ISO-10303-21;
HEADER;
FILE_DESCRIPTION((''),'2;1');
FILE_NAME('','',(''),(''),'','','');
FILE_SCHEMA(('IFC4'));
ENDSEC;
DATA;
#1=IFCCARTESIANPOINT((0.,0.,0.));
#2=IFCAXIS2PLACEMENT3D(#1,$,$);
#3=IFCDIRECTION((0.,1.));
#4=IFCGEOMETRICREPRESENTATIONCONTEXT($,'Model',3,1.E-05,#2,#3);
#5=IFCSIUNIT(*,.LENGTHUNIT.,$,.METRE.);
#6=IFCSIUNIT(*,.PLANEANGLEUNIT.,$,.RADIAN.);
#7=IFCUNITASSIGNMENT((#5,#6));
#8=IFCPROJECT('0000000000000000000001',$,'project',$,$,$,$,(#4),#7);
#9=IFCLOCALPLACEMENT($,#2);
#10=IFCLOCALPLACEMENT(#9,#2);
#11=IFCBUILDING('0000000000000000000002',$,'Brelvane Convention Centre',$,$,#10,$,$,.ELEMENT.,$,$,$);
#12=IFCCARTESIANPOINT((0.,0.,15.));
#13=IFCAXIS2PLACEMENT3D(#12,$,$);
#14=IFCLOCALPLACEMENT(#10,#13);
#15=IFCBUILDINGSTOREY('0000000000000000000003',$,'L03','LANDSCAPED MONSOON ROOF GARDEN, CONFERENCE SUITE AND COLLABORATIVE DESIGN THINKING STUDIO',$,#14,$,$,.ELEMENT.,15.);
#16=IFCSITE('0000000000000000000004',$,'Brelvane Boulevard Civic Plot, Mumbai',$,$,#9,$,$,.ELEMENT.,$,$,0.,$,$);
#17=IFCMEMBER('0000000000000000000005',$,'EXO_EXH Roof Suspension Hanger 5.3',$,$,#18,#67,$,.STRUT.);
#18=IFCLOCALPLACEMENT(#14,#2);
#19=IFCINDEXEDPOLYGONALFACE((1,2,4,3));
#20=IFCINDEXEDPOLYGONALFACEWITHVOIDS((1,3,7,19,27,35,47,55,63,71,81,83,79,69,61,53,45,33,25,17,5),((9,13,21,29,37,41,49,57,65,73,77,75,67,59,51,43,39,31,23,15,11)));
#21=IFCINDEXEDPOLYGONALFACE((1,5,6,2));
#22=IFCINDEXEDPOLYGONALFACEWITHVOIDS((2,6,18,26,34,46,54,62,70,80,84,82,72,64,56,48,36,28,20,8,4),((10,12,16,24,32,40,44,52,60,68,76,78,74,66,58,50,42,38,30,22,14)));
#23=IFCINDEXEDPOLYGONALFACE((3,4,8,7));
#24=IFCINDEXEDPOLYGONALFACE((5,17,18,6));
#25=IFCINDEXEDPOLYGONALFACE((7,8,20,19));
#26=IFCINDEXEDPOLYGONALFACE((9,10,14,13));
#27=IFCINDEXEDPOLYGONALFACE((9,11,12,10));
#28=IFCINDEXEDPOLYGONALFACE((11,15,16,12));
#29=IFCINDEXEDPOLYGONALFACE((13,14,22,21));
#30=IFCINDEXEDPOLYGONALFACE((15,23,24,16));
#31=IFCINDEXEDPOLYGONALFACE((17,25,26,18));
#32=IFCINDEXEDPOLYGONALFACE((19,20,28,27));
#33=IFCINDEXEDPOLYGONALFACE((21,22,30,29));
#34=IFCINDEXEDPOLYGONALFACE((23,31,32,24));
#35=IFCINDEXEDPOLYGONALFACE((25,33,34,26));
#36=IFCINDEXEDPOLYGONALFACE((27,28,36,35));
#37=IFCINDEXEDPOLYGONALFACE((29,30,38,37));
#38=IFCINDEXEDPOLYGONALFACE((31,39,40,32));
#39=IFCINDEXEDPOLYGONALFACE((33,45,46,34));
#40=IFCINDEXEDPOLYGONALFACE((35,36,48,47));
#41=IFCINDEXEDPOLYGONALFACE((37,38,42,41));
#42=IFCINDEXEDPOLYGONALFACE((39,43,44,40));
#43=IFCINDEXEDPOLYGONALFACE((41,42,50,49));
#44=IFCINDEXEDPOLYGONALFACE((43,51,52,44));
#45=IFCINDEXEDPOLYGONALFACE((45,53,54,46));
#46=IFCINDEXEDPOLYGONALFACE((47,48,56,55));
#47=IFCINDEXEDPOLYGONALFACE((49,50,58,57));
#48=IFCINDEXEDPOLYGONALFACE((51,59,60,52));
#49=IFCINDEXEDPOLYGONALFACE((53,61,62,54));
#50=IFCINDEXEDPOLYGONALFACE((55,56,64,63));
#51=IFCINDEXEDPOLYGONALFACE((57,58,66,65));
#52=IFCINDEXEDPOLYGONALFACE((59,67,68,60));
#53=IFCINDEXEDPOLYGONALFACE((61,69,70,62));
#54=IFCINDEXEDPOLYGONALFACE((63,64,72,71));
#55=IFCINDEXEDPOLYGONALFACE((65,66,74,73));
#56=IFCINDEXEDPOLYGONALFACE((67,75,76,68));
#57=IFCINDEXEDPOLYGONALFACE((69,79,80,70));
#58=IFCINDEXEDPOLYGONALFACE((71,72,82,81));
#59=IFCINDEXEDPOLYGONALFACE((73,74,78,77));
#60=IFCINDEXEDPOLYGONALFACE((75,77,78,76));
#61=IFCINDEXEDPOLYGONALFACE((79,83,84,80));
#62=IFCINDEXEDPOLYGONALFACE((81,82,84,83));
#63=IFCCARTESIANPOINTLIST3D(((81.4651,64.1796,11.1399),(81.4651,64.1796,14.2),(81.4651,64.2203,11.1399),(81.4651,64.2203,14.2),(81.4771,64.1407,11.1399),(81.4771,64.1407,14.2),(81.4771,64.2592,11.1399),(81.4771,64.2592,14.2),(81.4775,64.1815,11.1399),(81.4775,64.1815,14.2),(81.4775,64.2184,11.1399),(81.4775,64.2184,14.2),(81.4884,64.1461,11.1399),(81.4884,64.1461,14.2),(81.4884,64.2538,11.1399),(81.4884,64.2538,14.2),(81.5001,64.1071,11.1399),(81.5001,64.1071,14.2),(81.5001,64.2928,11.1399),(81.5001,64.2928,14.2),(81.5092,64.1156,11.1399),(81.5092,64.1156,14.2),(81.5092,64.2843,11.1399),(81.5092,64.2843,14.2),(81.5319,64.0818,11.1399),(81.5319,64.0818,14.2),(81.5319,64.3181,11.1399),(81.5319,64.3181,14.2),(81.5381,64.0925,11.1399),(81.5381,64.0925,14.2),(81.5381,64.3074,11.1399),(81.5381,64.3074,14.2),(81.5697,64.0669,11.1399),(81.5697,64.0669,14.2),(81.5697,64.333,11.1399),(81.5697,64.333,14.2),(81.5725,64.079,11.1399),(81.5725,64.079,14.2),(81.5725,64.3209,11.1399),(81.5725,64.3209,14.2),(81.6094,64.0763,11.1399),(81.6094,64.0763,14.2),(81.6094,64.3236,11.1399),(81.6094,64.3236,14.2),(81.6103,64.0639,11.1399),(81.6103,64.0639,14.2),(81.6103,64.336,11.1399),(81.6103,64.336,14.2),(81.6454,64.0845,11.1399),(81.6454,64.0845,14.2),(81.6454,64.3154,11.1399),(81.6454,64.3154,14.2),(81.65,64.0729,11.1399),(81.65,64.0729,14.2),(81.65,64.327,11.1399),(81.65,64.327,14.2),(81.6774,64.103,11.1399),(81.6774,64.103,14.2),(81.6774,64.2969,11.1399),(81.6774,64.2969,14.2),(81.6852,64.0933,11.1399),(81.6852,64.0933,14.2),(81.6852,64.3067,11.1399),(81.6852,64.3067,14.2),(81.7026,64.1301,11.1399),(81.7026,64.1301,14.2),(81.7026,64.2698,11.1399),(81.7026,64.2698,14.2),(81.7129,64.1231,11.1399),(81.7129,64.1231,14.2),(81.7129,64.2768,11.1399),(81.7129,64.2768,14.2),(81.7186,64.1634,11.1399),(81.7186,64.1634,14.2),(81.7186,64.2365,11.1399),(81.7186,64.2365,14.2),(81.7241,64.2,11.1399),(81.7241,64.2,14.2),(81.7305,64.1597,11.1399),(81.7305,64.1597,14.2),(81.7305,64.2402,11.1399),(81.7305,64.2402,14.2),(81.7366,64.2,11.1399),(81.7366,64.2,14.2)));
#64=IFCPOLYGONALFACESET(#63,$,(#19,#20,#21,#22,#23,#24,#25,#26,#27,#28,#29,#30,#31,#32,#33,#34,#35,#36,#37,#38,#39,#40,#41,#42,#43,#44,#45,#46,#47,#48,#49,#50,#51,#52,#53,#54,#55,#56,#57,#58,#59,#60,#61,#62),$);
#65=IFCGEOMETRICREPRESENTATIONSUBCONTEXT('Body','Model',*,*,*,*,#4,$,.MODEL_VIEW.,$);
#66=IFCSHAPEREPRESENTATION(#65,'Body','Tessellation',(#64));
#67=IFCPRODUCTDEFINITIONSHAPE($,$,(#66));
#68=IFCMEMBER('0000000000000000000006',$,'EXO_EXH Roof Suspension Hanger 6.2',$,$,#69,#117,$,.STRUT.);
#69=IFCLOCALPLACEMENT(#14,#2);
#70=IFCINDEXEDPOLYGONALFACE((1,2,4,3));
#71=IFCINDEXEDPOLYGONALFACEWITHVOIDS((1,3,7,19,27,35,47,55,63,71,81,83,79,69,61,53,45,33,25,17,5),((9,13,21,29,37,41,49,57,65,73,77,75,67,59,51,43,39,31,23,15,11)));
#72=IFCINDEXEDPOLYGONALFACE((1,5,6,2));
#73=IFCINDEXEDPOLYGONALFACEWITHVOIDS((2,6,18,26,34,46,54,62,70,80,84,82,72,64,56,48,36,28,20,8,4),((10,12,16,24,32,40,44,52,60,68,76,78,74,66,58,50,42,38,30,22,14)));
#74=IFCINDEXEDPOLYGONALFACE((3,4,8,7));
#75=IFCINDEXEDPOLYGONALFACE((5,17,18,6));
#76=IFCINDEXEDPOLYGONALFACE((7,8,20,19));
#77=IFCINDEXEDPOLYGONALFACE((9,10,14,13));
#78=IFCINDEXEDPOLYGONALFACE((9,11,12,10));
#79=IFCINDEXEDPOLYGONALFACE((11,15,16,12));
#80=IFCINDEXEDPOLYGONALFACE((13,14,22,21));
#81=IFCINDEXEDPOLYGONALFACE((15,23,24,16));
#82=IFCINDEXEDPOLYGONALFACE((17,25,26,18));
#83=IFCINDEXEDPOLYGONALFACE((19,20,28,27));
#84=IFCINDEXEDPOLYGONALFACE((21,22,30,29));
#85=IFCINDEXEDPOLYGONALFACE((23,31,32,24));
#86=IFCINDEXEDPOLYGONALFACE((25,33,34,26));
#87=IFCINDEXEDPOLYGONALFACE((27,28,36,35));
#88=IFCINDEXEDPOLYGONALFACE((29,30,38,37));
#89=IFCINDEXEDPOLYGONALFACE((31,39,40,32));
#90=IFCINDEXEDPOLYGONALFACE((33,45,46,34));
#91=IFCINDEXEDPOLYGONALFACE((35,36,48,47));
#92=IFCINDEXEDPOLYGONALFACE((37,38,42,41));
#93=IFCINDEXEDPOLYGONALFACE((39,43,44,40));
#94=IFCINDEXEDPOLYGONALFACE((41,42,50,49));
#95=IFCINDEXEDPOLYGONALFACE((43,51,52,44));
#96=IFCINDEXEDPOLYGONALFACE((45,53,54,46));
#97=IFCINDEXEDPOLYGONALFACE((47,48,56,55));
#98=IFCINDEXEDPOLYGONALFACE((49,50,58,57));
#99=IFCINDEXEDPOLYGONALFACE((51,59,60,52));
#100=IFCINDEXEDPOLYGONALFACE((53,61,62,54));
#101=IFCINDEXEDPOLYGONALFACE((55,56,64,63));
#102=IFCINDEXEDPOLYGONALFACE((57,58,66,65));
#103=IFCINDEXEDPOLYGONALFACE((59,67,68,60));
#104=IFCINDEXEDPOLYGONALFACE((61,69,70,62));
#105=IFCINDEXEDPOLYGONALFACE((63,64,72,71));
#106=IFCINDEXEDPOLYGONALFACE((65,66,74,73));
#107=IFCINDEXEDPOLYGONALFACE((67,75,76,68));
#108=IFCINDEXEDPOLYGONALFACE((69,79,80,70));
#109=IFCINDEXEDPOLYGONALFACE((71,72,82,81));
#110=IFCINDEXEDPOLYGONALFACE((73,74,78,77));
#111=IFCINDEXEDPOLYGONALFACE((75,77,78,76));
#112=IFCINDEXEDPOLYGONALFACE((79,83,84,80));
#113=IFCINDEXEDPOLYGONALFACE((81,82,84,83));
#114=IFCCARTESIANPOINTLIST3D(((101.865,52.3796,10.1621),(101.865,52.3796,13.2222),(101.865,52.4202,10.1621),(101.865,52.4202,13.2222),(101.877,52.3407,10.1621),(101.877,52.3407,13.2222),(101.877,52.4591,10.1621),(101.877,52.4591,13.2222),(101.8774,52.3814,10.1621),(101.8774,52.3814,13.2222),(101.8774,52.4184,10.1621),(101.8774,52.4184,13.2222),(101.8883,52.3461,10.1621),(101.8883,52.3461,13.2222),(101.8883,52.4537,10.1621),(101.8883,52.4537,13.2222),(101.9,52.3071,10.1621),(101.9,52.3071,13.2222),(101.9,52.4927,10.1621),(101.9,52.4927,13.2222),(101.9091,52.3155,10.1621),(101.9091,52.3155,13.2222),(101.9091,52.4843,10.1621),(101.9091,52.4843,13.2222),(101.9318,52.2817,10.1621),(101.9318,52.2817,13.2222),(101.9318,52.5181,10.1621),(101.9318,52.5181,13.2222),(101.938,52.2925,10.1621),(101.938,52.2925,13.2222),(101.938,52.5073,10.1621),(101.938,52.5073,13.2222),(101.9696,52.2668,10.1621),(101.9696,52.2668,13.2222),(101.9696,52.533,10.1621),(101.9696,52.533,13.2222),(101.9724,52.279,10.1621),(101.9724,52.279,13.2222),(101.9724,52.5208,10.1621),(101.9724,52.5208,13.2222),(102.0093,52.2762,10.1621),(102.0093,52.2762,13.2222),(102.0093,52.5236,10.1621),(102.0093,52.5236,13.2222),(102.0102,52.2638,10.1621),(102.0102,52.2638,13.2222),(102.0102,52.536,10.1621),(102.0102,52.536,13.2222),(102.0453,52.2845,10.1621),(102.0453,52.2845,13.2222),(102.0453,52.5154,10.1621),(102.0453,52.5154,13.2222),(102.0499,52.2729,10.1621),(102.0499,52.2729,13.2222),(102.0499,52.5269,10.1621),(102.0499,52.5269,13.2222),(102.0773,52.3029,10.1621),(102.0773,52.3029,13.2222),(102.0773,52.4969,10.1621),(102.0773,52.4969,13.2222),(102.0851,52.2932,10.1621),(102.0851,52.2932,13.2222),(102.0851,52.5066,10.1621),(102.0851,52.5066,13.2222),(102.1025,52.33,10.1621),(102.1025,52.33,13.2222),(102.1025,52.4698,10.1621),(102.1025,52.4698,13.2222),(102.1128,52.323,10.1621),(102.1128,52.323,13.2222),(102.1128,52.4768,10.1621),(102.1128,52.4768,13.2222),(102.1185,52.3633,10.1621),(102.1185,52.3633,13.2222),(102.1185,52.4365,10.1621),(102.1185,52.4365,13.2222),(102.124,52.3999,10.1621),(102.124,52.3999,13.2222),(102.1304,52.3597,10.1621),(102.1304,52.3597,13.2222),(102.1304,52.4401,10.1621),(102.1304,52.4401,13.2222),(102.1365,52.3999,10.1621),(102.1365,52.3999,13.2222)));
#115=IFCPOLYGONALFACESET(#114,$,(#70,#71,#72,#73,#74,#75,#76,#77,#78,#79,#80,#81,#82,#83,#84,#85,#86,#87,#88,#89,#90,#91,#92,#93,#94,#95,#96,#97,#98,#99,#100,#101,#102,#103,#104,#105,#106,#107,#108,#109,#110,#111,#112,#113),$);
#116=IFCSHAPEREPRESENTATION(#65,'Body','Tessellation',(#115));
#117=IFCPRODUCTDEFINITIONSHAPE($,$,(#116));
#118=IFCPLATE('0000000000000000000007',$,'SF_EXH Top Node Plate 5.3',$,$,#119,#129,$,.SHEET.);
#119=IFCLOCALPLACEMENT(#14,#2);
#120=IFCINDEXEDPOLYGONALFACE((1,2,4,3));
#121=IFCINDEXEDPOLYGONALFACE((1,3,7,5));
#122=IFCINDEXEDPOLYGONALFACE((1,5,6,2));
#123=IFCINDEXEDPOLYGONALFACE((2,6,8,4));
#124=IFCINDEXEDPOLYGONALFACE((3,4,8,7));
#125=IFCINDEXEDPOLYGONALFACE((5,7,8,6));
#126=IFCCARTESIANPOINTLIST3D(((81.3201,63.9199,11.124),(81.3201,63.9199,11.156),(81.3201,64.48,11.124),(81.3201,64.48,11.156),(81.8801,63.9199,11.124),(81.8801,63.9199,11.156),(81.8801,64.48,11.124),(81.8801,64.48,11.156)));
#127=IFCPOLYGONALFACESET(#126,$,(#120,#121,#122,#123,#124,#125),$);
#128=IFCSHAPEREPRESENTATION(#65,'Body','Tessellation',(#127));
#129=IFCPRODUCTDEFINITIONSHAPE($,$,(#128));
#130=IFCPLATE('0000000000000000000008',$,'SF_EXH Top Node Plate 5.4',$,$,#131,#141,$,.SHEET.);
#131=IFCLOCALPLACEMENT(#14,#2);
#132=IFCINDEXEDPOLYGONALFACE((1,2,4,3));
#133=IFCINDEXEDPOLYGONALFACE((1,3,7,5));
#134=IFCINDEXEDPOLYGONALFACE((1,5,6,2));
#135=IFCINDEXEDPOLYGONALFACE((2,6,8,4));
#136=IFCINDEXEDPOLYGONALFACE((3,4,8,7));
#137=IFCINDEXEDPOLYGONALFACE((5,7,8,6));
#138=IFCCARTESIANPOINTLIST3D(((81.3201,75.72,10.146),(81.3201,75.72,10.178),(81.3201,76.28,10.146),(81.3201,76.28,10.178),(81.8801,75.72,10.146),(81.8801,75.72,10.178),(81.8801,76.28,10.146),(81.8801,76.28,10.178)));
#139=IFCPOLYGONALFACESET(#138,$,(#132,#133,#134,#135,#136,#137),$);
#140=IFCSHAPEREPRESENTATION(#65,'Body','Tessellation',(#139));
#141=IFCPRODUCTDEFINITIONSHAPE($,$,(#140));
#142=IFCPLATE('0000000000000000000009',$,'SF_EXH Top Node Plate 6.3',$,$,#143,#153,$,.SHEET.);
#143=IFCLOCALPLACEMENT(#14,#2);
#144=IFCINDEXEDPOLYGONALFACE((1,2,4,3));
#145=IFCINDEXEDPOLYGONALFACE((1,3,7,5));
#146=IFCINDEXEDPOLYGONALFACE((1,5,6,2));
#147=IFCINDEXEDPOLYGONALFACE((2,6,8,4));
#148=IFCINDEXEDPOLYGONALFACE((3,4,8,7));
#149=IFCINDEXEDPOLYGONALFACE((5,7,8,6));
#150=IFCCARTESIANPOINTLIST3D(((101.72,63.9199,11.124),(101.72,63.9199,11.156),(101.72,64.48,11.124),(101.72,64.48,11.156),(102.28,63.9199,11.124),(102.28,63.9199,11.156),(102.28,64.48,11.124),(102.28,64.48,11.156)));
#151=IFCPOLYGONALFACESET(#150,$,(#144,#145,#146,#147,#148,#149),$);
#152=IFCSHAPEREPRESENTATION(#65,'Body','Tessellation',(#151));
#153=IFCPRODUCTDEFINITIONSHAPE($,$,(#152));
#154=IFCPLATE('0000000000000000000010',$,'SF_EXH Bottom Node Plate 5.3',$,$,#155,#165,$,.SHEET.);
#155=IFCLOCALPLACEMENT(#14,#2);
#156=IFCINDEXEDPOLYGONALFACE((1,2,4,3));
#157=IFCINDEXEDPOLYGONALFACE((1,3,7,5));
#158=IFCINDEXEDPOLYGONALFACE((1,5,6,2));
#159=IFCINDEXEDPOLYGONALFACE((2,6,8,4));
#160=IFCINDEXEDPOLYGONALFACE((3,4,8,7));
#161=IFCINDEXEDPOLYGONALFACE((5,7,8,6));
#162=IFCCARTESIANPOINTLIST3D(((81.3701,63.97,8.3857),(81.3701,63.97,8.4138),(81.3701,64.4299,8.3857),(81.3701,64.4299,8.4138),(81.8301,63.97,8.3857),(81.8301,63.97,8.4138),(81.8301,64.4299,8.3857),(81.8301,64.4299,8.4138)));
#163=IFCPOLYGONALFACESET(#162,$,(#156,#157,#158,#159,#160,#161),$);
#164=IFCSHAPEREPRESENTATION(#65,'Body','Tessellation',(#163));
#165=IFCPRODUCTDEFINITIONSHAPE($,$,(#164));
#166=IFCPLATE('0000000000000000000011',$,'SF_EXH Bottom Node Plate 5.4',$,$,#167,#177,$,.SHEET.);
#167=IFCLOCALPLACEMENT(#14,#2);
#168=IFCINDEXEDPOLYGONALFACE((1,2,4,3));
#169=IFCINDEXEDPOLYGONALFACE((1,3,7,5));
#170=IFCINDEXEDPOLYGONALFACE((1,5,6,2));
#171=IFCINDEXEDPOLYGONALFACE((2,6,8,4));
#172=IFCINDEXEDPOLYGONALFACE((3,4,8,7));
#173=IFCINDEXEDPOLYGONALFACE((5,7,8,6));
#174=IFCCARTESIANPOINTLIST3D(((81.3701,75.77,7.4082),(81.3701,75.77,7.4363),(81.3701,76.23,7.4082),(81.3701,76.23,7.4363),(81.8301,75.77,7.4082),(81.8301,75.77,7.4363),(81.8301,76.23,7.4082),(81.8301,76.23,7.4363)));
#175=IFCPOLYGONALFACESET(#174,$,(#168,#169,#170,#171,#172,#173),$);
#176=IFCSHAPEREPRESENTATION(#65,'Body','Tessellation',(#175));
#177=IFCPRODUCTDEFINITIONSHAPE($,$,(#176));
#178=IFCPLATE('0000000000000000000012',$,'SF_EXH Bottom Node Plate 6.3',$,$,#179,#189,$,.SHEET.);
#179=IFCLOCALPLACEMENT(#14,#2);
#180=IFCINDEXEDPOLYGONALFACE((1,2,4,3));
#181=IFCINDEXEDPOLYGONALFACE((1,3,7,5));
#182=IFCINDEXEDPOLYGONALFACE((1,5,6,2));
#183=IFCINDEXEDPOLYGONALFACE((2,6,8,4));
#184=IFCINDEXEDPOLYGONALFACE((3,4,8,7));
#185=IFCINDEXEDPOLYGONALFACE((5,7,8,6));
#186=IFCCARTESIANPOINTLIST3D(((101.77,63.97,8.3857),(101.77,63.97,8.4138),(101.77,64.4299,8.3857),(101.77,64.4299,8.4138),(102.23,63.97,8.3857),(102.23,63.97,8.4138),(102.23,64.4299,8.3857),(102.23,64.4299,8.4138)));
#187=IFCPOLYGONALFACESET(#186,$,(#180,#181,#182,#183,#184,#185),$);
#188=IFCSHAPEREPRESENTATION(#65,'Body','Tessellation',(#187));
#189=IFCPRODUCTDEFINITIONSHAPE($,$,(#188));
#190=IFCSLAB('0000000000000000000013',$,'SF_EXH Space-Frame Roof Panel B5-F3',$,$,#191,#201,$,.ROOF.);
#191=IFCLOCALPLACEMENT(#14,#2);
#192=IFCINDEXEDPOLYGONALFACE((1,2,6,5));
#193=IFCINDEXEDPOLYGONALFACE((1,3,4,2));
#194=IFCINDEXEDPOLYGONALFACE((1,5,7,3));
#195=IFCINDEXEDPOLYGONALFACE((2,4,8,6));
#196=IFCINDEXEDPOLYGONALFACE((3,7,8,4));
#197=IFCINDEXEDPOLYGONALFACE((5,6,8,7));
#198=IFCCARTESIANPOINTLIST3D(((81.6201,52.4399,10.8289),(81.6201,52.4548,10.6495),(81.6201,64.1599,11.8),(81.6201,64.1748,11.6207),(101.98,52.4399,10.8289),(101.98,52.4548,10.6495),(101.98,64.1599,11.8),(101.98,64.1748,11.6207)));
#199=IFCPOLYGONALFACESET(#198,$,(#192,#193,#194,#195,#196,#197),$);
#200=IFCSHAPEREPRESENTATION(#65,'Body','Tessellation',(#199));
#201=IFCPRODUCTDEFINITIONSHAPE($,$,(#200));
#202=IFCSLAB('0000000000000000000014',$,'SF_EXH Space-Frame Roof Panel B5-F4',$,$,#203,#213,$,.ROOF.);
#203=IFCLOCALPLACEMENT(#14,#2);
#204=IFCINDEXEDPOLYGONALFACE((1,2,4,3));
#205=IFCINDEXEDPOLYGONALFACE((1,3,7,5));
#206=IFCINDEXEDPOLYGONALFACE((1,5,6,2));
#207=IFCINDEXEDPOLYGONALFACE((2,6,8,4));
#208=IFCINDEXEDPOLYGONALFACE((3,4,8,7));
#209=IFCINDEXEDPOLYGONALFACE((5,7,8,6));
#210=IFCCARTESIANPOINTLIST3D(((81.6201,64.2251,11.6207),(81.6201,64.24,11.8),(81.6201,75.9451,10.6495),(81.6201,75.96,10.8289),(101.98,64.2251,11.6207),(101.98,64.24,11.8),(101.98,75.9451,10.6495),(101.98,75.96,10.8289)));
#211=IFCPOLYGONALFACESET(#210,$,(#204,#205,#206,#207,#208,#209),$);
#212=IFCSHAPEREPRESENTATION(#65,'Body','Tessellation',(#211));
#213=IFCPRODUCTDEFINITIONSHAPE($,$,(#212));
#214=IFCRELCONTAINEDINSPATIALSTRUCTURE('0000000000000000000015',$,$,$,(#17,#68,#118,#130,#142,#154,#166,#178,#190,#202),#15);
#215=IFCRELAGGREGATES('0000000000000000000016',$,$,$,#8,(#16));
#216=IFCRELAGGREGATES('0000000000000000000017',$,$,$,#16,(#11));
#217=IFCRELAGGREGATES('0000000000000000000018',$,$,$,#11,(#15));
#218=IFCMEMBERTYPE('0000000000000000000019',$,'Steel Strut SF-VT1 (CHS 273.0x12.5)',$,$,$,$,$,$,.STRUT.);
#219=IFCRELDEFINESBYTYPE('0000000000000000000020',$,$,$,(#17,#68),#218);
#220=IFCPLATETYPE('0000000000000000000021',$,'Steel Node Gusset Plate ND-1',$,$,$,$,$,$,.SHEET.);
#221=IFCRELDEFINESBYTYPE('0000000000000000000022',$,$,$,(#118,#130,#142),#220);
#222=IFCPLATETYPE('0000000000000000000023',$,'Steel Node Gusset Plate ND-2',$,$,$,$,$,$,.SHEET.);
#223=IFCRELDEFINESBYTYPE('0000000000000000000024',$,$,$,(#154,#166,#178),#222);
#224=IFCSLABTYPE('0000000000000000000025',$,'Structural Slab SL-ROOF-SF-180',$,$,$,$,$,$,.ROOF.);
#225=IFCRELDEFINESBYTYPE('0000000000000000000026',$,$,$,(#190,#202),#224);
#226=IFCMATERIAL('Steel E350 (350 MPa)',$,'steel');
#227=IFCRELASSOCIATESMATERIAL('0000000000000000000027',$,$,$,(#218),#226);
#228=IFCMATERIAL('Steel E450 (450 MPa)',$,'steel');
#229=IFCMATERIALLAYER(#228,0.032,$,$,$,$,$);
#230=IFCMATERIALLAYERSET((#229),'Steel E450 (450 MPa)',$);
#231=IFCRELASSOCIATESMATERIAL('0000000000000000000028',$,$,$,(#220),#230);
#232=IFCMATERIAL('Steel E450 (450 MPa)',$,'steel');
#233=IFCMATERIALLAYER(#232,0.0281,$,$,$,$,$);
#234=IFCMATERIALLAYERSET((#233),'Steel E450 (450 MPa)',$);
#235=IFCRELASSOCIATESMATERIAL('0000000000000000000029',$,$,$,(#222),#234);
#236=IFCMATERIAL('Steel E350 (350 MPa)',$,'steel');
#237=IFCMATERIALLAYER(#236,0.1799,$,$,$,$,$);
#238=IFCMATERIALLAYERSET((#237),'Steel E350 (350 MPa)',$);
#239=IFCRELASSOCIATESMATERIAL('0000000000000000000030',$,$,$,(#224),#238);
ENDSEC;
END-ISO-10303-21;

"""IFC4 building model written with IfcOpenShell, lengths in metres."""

from ifc_helpers import new_model, si_unit, direction, frame, origin, origin_2d, place, context, subcontext, project, spatial, polyline, rectangle, hollow_circle, outline, extrude, material, layer, layer_set, material_profile, profile_set, type_object, element, save


model = new_model("IFC4")

# Units and contexts
model_context = context("Model", 3, precision=1e-05, world=origin(), true_north=direction((0.0, 1.0)))
body_context = subcontext(model_context, "Body", "Model", "MODEL_VIEW")
ifc_project = project(units=[si_unit("LENGTHUNIT", "METRE"), si_unit("PLANEANGLEUNIT", "RADIAN")], contexts=[model_context])

# Site, building, storey
site_placement = place(None, origin())
site = spatial("IfcSite", under=ifc_project, at=site_placement, Name="Brelvane Boulevard Civic Plot, Mumbai", CompositionType="ELEMENT", RefElevation=0.0)
building_placement = place(site_placement, origin())
building = spatial("IfcBuilding", under=site, at=building_placement, Name="Brelvane Convention Centre", CompositionType="ELEMENT")
storey_placement = place(building_placement, frame((0.0, 0.0, 15.0)))
storey = spatial("IfcBuildingStorey", under=building, at=storey_placement, Name="L03", Description="LANDSCAPED MONSOON ROOF GARDEN, CONFERENCE SUITE AND COLLABORATIVE DESIGN THINKING STUDIO", CompositionType="ELEMENT", Elevation=15.0)

# Members
ifc_material_1 = material(Name="Steel E350 (350 MPa)", Category="steel")
ifc_material_profile_1 = material_profile(ifc_material_1, hollow_circle(Radius=0.1365, WallThickness=0.0125, at=origin_2d()), Name="CHS 273.0x12.5")
ifc_profile_set_1 = profile_set([ifc_material_profile_1], Name="Steel E350 (350 MPa)")
member_type_1 = type_object("IfcMemberType", Name="Steel Strut SF-VT1 (CHS 273.0x12.5)", PredefinedType="STRUT", material=ifc_profile_set_1)
for number, where, z_axis, x_axis, name in (
    (1, (81.6001, 64.2, 11.1399), (0.0, 0.0, 1.0), (1.0, 0.0, 0.0), "EXO_EXH Roof Suspension Hanger 5.3"),
    (2, (102.0, 52.3999, 10.1621), (0.0, 0.0, 1.0), (1.0, 0.0, 0.0), "EXO_EXH Roof Suspension Hanger 6.2"),
):
    element("IfcMember", number, at=place(storey_placement, frame(where, z_axis=z_axis, x_axis=x_axis)), inside=storey, type_object=member_type_1, Name=name, PredefinedType="STRUT", context=body_context, shape_type="SweptSolid", body=[
        extrude(hollow_circle(Radius=0.1365, WallThickness=0.0125, at=origin_2d()), origin(), (0.0, 0.0, 1.0), 3.0601),
    ])

# Plates
ifc_material_2 = material(Name="Steel E450 (450 MPa)", Category="steel")
ifc_layer_1 = layer(ifc_material_2, 0.032)
ifc_layer_set_1 = layer_set([ifc_layer_1], Name="Steel E450 (450 MPa)")
plate_type_1 = type_object("IfcPlateType", Name="Steel Node Gusset Plate ND-1", PredefinedType="SHEET", material=ifc_layer_set_1)
for number, where, z_axis, x_axis, name in (
    (3, (81.6001, 64.2, 11.124), (0.0, 0.0, 1.0), (1.0, 0.0, 0.0), "SF_EXH Top Node Plate 5.3"),
    (4, (81.6001, 76.0, 10.146), (0.0, 0.0, 1.0), (1.0, 0.0, 0.0), "SF_EXH Top Node Plate 5.4"),
    (5, (102.0, 64.2, 11.124), (0.0, 0.0, 1.0), (1.0, 0.0, 0.0), "SF_EXH Top Node Plate 6.3"),
):
    element("IfcPlate", number, at=place(storey_placement, frame(where, z_axis=z_axis, x_axis=x_axis)), inside=storey, type_object=plate_type_1, Name=name, PredefinedType="SHEET", context=body_context, shape_type="SweptSolid", body=[
        extrude(rectangle(XDim=0.5601, YDim=0.5601, at=origin_2d()), origin(), (0.0, 0.0, 1.0), 0.032),
    ])
ifc_material_3 = material(Name="Steel E450 (450 MPa)", Category="steel")
ifc_layer_2 = layer(ifc_material_3, 0.0281)
ifc_layer_set_2 = layer_set([ifc_layer_2], Name="Steel E450 (450 MPa)")
plate_type_2 = type_object("IfcPlateType", Name="Steel Node Gusset Plate ND-2", PredefinedType="SHEET", material=ifc_layer_set_2)
for number, where, z_axis, x_axis, name in (
    (6, (81.6001, 64.2, 8.3857), (0.0, 0.0, 1.0), (1.0, 0.0, 0.0), "SF_EXH Bottom Node Plate 5.3"),
    (7, (81.6001, 76.0, 7.4082), (0.0, 0.0, 1.0), (1.0, 0.0, 0.0), "SF_EXH Bottom Node Plate 5.4"),
    (8, (102.0, 64.2, 8.3857), (0.0, 0.0, 1.0), (1.0, 0.0, 0.0), "SF_EXH Bottom Node Plate 6.3"),
):
    element("IfcPlate", number, at=place(storey_placement, frame(where, z_axis=z_axis, x_axis=x_axis)), inside=storey, type_object=plate_type_2, Name=name, PredefinedType="SHEET", context=body_context, shape_type="SweptSolid", body=[
        extrude(rectangle(XDim=0.46, YDim=0.46, at=origin_2d()), origin(), (0.0, 0.0, 1.0), 0.0281),
    ])

# Slabs
ifc_material_4 = material(Name="Steel E350 (350 MPa)", Category="steel")
ifc_layer_3 = layer(ifc_material_4, 0.1799)
ifc_layer_set_3 = layer_set([ifc_layer_3], Name="Steel E350 (350 MPa)")
slab_type = type_object("IfcSlabType", Name="Structural Slab SL-ROOF-SF-180", PredefinedType="ROOF", material=ifc_layer_set_3)
for number, where, z_axis, x_axis, name in (
    (9, (81.6201, 52.4399, 10.8289), (0.0, -0.082583, 0.996584), (1.0, 0.0, 0.0), "SF_EXH Space-Frame Roof Panel B5-F3"),
    (10, (81.6201, 64.24, 11.8), (0.0, 0.082583, 0.996584), (1.0, 0.0, 0.0), "SF_EXH Space-Frame Roof Panel B5-F4"),
):
    element("IfcSlab", number, at=place(storey_placement, frame(where, z_axis=z_axis, x_axis=x_axis)), inside=storey, type_object=slab_type, Name=name, PredefinedType="ROOF", context=body_context, shape_type="SweptSolid", body=[
        extrude(outline(polyline([(0.0, 0.0), (20.3599, 0.0), (20.3599, 11.7601), (0.0, 11.7601), (0.0, 0.0)])), origin(), (0.0, 0.0, -1.0), 0.1799),
    ])

save(model, "model.ifc")
